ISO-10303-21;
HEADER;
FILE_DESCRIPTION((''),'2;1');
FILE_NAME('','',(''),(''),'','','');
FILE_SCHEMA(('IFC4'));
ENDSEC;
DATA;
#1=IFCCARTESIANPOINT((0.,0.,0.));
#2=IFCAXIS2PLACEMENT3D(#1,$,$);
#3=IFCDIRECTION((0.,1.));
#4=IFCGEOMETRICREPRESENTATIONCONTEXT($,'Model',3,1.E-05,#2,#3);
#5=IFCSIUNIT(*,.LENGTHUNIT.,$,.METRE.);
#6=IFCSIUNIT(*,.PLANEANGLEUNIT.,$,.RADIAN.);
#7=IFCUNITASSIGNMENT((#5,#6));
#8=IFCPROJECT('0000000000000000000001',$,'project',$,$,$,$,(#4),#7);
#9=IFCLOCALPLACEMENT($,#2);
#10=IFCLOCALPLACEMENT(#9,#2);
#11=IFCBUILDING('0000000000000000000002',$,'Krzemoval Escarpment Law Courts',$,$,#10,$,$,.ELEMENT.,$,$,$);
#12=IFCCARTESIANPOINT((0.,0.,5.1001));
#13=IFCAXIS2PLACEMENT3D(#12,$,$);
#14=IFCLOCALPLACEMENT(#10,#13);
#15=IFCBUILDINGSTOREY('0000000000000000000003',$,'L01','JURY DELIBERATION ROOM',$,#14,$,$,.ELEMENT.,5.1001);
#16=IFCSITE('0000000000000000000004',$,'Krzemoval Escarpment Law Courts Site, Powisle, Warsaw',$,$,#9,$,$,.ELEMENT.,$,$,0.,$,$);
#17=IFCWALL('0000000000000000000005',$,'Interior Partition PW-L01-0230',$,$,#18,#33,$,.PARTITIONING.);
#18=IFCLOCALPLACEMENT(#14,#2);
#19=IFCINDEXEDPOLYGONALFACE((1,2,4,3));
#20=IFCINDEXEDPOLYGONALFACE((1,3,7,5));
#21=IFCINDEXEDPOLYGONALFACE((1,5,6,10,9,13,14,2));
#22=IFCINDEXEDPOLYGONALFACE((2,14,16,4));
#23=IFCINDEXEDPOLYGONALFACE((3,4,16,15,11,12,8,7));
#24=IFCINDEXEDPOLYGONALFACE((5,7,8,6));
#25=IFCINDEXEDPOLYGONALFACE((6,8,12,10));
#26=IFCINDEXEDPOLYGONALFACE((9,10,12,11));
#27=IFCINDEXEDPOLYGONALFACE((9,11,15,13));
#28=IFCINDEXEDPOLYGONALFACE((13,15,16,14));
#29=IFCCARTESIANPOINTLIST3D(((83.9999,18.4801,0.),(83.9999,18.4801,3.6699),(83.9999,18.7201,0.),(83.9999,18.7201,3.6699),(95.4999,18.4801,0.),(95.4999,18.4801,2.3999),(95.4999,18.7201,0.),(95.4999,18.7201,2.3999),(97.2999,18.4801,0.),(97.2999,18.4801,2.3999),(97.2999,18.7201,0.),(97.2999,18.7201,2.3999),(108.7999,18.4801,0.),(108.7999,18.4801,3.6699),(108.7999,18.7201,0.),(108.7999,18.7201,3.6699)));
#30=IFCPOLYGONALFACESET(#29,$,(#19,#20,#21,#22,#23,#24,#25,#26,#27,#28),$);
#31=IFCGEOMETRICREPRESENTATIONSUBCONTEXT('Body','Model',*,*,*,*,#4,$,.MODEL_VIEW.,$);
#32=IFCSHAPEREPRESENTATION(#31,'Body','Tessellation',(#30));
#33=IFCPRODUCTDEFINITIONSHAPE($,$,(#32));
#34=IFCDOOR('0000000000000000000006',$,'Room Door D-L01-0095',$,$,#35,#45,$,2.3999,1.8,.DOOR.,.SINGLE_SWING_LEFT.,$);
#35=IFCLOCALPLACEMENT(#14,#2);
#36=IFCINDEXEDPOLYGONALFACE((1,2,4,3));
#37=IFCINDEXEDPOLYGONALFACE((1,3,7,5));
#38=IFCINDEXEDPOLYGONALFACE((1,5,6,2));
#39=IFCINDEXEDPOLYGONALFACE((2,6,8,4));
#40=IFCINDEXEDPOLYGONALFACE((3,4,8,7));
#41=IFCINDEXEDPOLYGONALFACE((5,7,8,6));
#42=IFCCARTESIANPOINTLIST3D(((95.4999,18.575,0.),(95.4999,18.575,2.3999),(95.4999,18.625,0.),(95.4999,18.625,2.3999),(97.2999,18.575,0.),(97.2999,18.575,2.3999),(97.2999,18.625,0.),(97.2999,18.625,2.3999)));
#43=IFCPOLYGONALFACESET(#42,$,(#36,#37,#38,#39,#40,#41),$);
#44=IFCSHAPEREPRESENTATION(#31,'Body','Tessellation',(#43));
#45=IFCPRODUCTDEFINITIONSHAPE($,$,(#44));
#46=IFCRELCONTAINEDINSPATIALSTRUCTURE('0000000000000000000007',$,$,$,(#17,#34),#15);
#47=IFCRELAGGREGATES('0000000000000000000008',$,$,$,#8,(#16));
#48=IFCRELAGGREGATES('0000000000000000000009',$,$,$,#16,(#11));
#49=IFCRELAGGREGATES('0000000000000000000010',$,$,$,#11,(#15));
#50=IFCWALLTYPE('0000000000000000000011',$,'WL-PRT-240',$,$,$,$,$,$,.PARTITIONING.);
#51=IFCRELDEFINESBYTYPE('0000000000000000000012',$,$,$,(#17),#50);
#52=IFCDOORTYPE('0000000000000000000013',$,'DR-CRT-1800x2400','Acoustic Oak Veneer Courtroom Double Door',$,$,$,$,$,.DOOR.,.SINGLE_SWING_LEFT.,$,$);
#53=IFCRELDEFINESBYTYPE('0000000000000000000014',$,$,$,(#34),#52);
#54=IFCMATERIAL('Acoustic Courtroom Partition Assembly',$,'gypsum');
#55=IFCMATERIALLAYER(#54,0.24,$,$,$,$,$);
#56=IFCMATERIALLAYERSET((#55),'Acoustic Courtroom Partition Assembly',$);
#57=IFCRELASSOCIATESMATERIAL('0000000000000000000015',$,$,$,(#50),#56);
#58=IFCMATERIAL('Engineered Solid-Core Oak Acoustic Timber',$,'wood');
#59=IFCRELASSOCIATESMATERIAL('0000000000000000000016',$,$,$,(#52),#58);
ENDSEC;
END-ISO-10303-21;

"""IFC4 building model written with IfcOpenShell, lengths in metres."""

from ifc_helpers import new_model, si_unit, direction, frame, frame_2d, origin, place, context, subcontext, project, spatial, rectangle, extrude, material, layer, layer_set, type_object, element, fill, save


model = new_model("IFC4")

# Units and contexts
model_context = context("Model", 3, precision=1e-05, world=origin(), true_north=direction((0.0, 1.0)))
body_context = subcontext(model_context, "Body", "Model", "MODEL_VIEW")
ifc_project = project(units=[si_unit("LENGTHUNIT", "METRE"), si_unit("PLANEANGLEUNIT", "RADIAN")], contexts=[model_context])

# Site, building, storey
site_placement = place(None, origin())
site = spatial("IfcSite", under=ifc_project, at=site_placement, Name="Krzemoval Escarpment Law Courts Site, Powisle, Warsaw", CompositionType="ELEMENT", RefElevation=0.0)
building_placement = place(site_placement, origin())
building = spatial("IfcBuilding", under=site, at=building_placement, Name="Krzemoval Escarpment Law Courts", CompositionType="ELEMENT")
storey_placement = place(building_placement, frame((0.0, 0.0, 5.1001)))
storey = spatial("IfcBuildingStorey", under=building, at=storey_placement, Name="L01", Description="JURY DELIBERATION ROOM", CompositionType="ELEMENT", Elevation=5.1001)

# Wall, opening, door
ifc_material_1 = material(Name="Acoustic Courtroom Partition Assembly", Category="gypsum")
ifc_layer_1 = layer(ifc_material_1, 0.24)
ifc_layer_set_1 = layer_set([ifc_layer_1], Name="Acoustic Courtroom Partition Assembly")
wall_type_1 = type_object("IfcWallType", Name="WL-PRT-240", PredefinedType="PARTITIONING", material=ifc_layer_set_1)
wall_1_placement = place(storey_placement, frame((84.0, 18.6001, 0.0), z_axis=(0.0, 0.0, 1.0), x_axis=(1.0, 0.0, 0.0)))
wall_1 = element("IfcWall", 1, at=wall_1_placement, inside=storey, type_object=wall_type_1, Name="Interior Partition PW-L01-0230", PredefinedType="PARTITIONING", context=body_context, shape_type="SweptSolid", body=[
    extrude(rectangle(XDim=24.8, YDim=0.24, at=frame_2d((12.3999, 0.0))), origin(), (0.0, 0.0, 1.0), 3.6699),
])
opening_1_placement = place(wall_1_placement, frame((11.5, 0.0, 0.0)))
opening_1 = element("IfcOpeningElement", 2, at=opening_1_placement, cuts=wall_1, PredefinedType="OPENING", context=body_context, shape_type="SweptSolid", body=[
    extrude(rectangle(XDim=1.8, YDim=2.3999, at=frame_2d((0.8999, 1.2))), frame((0.0, 0.135, 0.0), z_axis=(0.0, -1.0, 0.0), x_axis=(1.0, 0.0, 0.0)), (0.0, 0.0, 1.0), 0.27),
])
ifc_material_2 = material(Name="Engineered Solid-Core Oak Acoustic Timber", Category="wood")
door_type = type_object("IfcDoorType", Name="DR-CRT-1800x2400", Description="Acoustic Oak Veneer Courtroom Double Door", OperationType="SINGLE_SWING_LEFT", PredefinedType="DOOR", material=ifc_material_2)
door_placement = place(opening_1_placement, origin())
door = element("IfcDoor", 3, at=door_placement, inside=storey, type_object=door_type, Name="Room Door D-L01-0095", OperationType="SINGLE_SWING_LEFT", OverallHeight=2.3999, OverallWidth=1.8, PredefinedType="DOOR", context=body_context, shape_type="SweptSolid", body=[
    extrude(rectangle(XDim=1.8, YDim=2.3999, at=frame_2d((0.8999, 1.2))), frame((0.0, 0.0249, 0.0), z_axis=(0.0, -1.0, 0.0), x_axis=(1.0, 0.0, 0.0)), (0.0, 0.0, 1.0), 0.05),
])
fill(opening_1, door)

save(model, "model.ifc")
